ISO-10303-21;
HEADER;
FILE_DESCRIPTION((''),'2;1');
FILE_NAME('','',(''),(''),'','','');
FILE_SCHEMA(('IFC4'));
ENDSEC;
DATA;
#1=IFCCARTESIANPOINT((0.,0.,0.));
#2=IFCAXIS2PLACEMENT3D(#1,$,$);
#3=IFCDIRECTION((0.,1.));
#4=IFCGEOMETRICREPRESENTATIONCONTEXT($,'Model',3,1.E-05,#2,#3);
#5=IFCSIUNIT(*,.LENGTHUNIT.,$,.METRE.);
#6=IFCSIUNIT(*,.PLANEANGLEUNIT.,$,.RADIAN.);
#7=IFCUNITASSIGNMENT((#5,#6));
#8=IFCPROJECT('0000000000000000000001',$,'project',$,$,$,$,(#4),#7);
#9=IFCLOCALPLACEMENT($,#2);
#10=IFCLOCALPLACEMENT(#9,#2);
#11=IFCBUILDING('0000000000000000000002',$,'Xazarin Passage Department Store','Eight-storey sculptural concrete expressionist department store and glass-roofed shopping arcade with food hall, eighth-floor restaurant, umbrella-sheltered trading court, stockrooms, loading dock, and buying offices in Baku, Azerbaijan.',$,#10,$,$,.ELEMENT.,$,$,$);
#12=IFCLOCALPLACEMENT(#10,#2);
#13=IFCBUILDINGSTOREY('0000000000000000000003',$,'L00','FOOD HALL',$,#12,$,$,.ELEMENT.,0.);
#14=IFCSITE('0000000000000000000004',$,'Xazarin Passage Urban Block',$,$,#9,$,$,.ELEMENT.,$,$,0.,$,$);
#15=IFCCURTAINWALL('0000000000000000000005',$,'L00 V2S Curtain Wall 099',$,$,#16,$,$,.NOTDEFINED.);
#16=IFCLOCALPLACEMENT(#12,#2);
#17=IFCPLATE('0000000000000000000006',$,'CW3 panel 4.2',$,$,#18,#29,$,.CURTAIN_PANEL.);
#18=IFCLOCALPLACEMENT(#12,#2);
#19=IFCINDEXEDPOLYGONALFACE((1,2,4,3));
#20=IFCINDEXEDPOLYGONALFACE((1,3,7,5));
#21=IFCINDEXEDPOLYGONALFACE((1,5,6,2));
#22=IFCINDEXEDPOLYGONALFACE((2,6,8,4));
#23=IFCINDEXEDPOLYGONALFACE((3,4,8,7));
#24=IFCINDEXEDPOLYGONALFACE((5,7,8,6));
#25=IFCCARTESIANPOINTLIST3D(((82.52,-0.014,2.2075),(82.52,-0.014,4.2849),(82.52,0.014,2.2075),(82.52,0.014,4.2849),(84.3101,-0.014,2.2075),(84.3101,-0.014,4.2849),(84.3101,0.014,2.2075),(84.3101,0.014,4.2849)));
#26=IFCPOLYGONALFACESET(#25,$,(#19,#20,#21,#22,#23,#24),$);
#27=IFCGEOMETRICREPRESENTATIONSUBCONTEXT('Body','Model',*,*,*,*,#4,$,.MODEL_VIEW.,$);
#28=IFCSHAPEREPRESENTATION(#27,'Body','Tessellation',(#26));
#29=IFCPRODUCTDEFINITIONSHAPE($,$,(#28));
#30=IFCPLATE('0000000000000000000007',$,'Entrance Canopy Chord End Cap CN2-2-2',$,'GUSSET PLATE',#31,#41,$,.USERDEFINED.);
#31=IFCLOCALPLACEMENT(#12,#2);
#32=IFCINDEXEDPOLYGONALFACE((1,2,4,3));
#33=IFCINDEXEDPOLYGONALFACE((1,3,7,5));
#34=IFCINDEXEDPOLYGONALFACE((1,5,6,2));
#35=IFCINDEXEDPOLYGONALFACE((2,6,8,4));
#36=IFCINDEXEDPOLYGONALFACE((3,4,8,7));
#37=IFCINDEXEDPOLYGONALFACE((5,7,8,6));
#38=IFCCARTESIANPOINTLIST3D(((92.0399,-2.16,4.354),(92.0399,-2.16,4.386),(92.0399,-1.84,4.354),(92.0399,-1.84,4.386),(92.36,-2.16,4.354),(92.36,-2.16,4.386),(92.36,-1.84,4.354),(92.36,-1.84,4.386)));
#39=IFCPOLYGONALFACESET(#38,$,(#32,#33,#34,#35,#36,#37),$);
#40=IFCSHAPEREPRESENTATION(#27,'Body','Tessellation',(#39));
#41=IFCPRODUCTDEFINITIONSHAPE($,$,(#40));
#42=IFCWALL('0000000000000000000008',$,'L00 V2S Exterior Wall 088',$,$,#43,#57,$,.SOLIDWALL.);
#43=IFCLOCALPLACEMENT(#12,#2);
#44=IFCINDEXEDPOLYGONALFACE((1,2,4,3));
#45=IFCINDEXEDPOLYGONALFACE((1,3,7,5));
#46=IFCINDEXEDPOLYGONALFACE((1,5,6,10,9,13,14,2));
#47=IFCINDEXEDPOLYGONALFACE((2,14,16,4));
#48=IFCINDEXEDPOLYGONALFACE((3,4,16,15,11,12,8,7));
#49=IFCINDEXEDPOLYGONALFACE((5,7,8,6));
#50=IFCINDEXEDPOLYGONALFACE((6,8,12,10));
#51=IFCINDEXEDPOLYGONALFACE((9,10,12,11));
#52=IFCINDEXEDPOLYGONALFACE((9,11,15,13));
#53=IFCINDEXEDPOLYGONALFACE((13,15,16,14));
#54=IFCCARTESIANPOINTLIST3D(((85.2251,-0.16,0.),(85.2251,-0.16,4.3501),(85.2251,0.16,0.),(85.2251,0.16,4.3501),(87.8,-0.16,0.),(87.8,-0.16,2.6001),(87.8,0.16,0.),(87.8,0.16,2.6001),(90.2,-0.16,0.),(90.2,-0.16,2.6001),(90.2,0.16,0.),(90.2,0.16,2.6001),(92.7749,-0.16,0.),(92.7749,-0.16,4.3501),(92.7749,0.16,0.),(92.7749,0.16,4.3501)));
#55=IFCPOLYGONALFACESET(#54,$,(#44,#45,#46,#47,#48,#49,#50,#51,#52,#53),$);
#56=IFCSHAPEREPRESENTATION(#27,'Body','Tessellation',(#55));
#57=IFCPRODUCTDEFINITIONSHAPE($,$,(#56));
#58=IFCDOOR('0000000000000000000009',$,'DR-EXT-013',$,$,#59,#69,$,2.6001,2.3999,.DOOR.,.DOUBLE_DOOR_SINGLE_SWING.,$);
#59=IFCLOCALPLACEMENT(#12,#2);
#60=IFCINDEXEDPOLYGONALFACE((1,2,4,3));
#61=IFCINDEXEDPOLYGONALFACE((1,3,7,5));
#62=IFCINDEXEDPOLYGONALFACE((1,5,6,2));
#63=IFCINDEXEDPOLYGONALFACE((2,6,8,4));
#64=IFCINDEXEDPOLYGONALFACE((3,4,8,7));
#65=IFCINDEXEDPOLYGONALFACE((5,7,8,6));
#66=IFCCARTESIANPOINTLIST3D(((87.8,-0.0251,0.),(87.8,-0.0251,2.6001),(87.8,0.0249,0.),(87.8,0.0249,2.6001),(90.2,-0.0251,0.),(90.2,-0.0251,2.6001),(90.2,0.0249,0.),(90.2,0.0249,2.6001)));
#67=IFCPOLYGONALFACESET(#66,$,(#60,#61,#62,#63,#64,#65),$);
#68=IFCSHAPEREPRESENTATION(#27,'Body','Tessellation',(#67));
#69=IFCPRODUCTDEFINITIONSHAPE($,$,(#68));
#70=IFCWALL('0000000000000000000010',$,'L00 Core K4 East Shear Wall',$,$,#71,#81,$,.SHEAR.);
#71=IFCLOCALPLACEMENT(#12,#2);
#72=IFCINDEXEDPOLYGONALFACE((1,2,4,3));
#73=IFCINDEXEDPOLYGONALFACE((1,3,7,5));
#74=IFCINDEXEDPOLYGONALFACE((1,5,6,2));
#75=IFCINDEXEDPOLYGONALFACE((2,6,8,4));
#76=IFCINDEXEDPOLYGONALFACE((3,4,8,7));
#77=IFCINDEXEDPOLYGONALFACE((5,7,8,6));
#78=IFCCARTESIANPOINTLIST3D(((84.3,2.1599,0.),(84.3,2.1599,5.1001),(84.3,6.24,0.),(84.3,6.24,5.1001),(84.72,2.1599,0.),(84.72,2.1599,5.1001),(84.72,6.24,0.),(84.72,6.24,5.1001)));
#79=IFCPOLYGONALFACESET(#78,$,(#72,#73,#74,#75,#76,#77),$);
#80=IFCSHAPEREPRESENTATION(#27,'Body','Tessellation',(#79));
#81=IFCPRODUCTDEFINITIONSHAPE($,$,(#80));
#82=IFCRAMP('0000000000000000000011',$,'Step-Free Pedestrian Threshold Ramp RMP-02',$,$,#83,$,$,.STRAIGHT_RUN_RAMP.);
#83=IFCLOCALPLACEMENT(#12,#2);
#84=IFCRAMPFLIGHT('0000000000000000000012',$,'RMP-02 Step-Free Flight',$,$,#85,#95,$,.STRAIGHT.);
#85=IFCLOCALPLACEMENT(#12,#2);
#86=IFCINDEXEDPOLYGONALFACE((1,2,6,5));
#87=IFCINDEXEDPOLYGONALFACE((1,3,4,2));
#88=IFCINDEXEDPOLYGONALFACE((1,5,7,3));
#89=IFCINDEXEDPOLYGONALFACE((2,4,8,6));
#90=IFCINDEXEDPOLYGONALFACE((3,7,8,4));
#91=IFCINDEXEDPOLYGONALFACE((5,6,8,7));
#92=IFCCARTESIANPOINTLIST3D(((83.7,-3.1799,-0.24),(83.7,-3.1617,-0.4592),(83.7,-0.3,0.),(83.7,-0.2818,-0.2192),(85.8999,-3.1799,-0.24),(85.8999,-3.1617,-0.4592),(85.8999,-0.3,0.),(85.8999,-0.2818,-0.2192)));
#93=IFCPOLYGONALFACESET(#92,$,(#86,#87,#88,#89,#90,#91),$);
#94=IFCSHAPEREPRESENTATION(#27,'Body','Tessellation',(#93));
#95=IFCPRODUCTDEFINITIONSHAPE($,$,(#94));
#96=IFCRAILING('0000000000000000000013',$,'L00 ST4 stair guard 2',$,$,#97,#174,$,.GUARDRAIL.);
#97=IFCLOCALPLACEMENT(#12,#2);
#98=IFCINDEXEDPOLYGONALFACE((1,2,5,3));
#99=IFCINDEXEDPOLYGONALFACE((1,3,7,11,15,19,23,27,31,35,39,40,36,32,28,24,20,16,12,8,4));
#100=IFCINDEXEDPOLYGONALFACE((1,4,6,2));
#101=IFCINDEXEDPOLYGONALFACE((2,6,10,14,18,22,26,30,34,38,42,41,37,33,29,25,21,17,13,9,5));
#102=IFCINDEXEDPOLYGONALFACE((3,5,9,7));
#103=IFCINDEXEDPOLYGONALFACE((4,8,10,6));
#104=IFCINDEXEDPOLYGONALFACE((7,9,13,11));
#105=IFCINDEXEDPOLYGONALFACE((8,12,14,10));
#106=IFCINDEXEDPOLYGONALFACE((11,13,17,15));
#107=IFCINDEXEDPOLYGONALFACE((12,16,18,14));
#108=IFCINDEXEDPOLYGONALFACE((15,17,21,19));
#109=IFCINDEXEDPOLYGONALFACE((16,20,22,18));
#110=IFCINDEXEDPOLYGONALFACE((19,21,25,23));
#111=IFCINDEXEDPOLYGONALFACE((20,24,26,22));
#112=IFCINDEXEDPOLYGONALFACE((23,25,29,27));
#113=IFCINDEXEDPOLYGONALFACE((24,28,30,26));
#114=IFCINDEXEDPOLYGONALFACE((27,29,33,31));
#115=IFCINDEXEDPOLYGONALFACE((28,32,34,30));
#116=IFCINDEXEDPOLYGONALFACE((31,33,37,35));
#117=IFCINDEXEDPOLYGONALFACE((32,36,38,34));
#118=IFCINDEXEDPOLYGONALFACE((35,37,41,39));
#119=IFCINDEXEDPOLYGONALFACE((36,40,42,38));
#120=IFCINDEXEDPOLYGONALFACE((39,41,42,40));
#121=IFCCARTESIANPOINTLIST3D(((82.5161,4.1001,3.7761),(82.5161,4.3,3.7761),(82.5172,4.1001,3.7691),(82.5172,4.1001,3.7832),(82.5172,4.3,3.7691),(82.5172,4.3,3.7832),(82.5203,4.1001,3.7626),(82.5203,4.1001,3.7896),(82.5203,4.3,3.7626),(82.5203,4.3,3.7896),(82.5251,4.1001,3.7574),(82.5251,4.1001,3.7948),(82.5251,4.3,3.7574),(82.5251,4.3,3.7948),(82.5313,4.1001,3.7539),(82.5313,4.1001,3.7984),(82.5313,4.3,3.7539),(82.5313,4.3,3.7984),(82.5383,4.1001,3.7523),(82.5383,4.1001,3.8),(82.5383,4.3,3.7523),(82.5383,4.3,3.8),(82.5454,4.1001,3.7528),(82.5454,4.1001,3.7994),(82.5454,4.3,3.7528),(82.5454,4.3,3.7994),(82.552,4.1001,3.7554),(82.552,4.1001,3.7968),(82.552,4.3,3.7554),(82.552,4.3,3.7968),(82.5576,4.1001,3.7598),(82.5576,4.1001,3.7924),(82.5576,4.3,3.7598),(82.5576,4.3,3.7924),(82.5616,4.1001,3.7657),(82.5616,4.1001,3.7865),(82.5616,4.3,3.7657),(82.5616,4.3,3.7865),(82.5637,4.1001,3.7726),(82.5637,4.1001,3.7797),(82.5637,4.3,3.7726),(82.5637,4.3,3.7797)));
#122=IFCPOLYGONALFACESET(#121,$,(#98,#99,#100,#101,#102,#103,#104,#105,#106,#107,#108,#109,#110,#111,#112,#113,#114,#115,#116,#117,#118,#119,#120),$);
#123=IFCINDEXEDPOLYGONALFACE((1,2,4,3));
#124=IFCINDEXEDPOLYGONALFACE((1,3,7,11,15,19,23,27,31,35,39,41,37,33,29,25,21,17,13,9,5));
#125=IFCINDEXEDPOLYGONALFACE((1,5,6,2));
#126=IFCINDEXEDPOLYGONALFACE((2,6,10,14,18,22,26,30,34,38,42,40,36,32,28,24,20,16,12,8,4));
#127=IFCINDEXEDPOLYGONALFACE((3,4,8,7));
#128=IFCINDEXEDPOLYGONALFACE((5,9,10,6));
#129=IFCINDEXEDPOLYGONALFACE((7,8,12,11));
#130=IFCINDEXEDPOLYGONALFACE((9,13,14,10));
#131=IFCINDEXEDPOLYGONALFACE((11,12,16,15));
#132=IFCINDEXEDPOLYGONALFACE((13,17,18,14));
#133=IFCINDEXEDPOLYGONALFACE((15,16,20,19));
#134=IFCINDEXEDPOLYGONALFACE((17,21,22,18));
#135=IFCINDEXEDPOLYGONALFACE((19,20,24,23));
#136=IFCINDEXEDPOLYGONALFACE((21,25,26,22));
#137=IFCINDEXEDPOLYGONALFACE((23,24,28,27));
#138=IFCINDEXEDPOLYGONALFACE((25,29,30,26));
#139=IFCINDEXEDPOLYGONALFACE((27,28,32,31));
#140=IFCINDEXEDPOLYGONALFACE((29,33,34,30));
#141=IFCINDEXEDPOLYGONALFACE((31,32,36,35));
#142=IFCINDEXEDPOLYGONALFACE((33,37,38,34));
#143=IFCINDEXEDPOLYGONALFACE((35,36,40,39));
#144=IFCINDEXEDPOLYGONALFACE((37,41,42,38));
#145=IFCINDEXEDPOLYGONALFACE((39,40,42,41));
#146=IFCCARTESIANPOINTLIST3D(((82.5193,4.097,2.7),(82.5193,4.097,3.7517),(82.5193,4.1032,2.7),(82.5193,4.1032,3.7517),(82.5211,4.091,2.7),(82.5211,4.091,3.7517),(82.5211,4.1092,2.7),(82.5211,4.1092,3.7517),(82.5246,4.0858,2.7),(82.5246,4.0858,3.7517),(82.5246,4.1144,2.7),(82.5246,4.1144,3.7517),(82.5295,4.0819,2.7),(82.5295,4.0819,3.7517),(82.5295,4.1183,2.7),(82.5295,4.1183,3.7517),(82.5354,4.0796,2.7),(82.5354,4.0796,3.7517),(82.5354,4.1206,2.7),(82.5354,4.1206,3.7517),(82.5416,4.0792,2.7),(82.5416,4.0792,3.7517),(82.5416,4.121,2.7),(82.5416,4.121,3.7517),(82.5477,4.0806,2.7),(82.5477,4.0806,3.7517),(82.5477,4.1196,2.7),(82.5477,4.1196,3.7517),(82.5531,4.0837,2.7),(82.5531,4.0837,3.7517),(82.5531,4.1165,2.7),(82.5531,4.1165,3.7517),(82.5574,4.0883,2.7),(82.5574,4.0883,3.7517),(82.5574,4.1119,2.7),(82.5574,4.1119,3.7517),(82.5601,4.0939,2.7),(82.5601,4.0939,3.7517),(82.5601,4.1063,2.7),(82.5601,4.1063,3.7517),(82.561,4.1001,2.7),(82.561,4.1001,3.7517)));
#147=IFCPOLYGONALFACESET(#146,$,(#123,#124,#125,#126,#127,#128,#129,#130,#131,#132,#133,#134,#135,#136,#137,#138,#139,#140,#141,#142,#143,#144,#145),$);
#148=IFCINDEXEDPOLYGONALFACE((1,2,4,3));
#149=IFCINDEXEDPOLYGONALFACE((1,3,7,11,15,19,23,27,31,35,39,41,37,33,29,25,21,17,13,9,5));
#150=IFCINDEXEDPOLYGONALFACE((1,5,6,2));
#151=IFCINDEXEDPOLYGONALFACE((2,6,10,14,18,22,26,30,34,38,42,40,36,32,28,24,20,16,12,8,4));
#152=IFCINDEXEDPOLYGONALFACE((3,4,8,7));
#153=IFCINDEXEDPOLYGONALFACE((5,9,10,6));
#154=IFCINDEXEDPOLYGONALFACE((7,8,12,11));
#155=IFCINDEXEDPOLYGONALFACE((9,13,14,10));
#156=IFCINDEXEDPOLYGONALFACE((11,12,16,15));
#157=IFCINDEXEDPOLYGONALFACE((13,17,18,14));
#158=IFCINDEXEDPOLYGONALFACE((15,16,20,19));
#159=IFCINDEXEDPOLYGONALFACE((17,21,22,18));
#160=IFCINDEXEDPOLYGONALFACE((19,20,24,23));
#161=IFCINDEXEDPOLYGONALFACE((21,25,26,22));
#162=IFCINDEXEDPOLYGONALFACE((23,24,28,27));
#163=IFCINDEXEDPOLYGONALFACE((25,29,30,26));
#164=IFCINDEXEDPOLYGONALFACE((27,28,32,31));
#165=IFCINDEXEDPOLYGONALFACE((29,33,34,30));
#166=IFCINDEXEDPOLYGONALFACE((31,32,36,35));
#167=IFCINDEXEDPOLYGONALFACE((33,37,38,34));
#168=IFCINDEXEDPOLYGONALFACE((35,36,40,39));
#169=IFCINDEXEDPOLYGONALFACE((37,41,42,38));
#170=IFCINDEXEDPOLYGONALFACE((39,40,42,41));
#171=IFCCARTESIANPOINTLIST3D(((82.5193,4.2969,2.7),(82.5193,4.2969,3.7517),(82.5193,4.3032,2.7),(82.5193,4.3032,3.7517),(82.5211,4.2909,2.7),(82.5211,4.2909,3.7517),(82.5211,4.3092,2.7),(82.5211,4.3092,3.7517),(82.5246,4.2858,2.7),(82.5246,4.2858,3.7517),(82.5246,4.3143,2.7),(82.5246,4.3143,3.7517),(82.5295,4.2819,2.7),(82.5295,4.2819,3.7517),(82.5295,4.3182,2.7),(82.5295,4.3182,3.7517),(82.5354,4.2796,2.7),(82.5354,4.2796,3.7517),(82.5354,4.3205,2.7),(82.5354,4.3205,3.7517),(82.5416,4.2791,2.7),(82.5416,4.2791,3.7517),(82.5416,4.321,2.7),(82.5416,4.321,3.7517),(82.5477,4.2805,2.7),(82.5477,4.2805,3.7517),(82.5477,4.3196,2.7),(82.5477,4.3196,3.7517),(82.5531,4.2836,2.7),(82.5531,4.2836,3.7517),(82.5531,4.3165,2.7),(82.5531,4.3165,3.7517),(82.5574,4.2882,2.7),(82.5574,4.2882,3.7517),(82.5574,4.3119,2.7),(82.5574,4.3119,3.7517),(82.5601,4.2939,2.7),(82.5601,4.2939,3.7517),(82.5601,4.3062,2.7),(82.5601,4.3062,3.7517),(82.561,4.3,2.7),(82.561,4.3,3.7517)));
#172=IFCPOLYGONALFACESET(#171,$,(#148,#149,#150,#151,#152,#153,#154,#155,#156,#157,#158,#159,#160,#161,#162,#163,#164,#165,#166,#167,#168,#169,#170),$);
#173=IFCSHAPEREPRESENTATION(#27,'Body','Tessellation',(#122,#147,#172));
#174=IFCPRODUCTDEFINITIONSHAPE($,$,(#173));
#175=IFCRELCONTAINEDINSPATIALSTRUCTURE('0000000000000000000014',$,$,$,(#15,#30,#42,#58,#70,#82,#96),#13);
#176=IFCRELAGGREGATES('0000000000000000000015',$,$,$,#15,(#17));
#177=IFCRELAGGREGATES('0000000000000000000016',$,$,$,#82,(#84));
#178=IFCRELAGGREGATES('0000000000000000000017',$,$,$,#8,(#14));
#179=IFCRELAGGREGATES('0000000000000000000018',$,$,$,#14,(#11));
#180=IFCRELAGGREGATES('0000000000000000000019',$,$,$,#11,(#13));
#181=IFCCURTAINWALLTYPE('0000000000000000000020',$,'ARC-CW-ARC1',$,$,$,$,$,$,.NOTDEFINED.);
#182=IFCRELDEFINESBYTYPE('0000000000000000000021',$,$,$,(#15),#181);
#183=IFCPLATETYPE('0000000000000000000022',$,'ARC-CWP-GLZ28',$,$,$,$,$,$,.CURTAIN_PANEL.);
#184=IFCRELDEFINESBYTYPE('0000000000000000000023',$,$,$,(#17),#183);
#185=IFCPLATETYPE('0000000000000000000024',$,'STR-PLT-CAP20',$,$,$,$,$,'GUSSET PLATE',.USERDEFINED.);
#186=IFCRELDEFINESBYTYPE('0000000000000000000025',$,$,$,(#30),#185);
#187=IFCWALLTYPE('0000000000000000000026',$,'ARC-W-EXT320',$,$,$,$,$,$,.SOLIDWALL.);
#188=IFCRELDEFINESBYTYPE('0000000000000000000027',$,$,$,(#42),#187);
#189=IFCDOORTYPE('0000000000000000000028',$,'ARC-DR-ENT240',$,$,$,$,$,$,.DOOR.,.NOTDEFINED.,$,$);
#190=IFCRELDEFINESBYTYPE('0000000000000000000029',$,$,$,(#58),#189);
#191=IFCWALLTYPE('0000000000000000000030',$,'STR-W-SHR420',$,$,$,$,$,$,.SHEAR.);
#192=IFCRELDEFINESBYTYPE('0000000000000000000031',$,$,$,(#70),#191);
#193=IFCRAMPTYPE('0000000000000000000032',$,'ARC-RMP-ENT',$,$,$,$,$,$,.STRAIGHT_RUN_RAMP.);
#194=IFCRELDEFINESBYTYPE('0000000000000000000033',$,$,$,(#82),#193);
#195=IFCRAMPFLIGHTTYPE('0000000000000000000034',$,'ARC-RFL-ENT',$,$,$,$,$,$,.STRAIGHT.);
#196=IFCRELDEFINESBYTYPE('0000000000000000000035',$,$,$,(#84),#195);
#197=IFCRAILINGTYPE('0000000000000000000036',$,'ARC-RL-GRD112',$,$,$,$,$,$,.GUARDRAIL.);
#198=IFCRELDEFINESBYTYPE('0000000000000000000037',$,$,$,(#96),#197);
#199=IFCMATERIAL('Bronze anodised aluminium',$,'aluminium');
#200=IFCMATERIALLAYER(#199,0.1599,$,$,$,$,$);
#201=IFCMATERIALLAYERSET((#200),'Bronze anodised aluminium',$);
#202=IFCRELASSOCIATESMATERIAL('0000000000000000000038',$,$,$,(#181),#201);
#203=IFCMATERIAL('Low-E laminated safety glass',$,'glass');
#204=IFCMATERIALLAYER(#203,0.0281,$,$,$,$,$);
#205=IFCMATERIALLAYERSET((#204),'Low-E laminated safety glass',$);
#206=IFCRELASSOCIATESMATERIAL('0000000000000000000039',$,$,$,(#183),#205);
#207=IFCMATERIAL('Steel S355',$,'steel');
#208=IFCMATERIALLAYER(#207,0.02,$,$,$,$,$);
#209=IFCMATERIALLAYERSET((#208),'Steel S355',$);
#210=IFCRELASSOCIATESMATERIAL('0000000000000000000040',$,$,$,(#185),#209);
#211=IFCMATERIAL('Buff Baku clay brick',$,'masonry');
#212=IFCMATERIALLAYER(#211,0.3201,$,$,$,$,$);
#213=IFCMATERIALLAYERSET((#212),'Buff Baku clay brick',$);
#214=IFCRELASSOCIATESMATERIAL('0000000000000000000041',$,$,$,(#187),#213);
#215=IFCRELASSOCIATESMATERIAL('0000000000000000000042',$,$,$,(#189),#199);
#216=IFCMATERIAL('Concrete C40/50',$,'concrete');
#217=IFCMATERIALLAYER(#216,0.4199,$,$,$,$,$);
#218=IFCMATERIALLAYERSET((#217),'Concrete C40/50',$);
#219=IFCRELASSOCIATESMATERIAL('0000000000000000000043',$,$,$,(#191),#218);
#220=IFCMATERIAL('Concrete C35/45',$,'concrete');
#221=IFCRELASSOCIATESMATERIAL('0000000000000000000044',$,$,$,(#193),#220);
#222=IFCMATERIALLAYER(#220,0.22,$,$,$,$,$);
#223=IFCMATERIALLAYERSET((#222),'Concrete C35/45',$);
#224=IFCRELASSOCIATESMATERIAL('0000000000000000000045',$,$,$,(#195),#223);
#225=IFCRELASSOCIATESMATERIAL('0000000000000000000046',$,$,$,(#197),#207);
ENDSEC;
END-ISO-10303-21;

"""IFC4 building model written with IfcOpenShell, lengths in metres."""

from ifc_helpers import new_model, si_unit, direction, frame, frame_2d, origin, origin_2d, place, context, subcontext, project, spatial, polyline, rectangle, circle, outline, extrude, material, layer, layer_set, type_object, element, fill, aggregate, save


model = new_model("IFC4")

# Units and contexts
model_context = context("Model", 3, precision=1e-05, world=origin(), true_north=direction((0.0, 1.0)))
body_context = subcontext(model_context, "Body", "Model", "MODEL_VIEW")
ifc_project = project(units=[si_unit("LENGTHUNIT", "METRE"), si_unit("PLANEANGLEUNIT", "RADIAN")], contexts=[model_context])

# Site, building, storey
site_placement = place(None, origin())
site = spatial("IfcSite", under=ifc_project, at=site_placement, Name="Xazarin Passage Urban Block", CompositionType="ELEMENT", RefElevation=0.0)
building_placement = place(site_placement, origin())
building = spatial("IfcBuilding", under=site, at=building_placement, Name="Xazarin Passage Department Store", Description="Eight-storey sculptural concrete expressionist department store and glass-roofed shopping arcade with food hall, eighth-floor restaurant, umbrella-sheltered trading court, stockrooms, loading dock, and buying offices in Baku, Azerbaijan.", CompositionType="ELEMENT")
storey_placement = place(building_placement, origin())
storey = spatial("IfcBuildingStorey", under=building, at=storey_placement, Name="L00", Description="FOOD HALL", CompositionType="ELEMENT", Elevation=0.0)

# Shared definitions
ifc_material_1 = material(Name="Concrete C35/45", Category="concrete")

# Shared definitions
ifc_material_2 = material(Name="Concrete C40/50", Category="concrete")

# Curtain wall, plate
ifc_material_3 = material(Name="Bronze anodised aluminium", Category="aluminium")
ifc_layer_1 = layer(ifc_material_3, 0.1599)
ifc_layer_set_1 = layer_set([ifc_layer_1], Name="Bronze anodised aluminium")
curtain_wall_type = type_object("IfcCurtainWallType", Name="ARC-CW-ARC1", PredefinedType="NOTDEFINED", material=ifc_layer_set_1)
curtain_wall_placement = place(storey_placement, origin())
curtain_wall = element("IfcCurtainWall", 1, at=curtain_wall_placement, inside=storey, type_object=curtain_wall_type, Name="L00 V2S Curtain Wall 099", PredefinedType="NOTDEFINED")
ifc_material_4 = material(Name="Low-E laminated safety glass", Category="glass")
ifc_layer_2 = layer(ifc_material_4, 0.0281)
ifc_layer_set_2 = layer_set([ifc_layer_2], Name="Low-E laminated safety glass")
plate_type_1 = type_object("IfcPlateType", Name="ARC-CWP-GLZ28", PredefinedType="CURTAIN_PANEL", material=ifc_layer_set_2)
plate_1_placement = place(storey_placement, frame((83.415, 0.0, 2.2075), z_axis=(0.0, 0.0, 1.0), x_axis=(1.0, 0.0, 0.0)))
plate_1 = element("IfcPlate", 2, at=plate_1_placement, type_object=plate_type_1, Name="CW3 panel 4.2", PredefinedType="CURTAIN_PANEL", context=body_context, shape_type="SweptSolid", body=[
    extrude(rectangle(XDim=1.79, YDim=0.0281, at=origin_2d()), origin(), (0.0, 0.0, 1.0), 2.0774),
])
aggregate(curtain_wall, [plate_1])

# Plate
ifc_material_5 = material(Name="Steel S355", Category="steel")
ifc_layer_3 = layer(ifc_material_5, 0.02)
ifc_layer_set_3 = layer_set([ifc_layer_3], Name="Steel S355")
plate_type_2 = type_object("IfcPlateType", Name="STR-PLT-CAP20", ElementType="GUSSET PLATE", PredefinedType="USERDEFINED", material=ifc_layer_set_3)
plate_2_placement = place(storey_placement, frame((92.2, -2.0, 4.354), z_axis=(0.0, 0.0, 1.0), x_axis=(1.0, 0.0, 0.0)))
element("IfcPlate", 3, at=plate_2_placement, inside=storey, type_object=plate_type_2, Name="Entrance Canopy Chord End Cap CN2-2-2", ObjectType="GUSSET PLATE", PredefinedType="USERDEFINED", context=body_context, shape_type="SweptSolid", body=[
    extrude(rectangle(XDim=0.3201, YDim=0.3201, at=origin_2d()), origin(), (0.0, 0.0, 1.0), 0.032),
])

# Wall, opening, door
ifc_material_6 = material(Name="Buff Baku clay brick", Category="masonry")
ifc_layer_4 = layer(ifc_material_6, 0.3201)
ifc_layer_set_4 = layer_set([ifc_layer_4], Name="Buff Baku clay brick")
wall_type_1 = type_object("IfcWallType", Name="ARC-W-EXT320", PredefinedType="SOLIDWALL", material=ifc_layer_set_4)
wall_1_placement = place(storey_placement, frame((85.2251, 0.0, 0.0), z_axis=(0.0, 0.0, 1.0), x_axis=(1.0, 0.0, 0.0)))
wall_1 = element("IfcWall", 4, at=wall_1_placement, inside=storey, type_object=wall_type_1, Name="L00 V2S Exterior Wall 088", PredefinedType="SOLIDWALL", context=body_context, shape_type="SweptSolid", body=[
    extrude(rectangle(XDim=7.5498, YDim=0.3201, at=frame_2d((3.7749, 0.0))), origin(), (0.0, 0.0, 1.0), 4.3501),
])
opening_placement = place(wall_1_placement, frame((2.575, 0.0, 0.0)))
opening = element("IfcOpeningElement", 5, at=opening_placement, cuts=wall_1, PredefinedType="OPENING", context=body_context, shape_type="SweptSolid", body=[
    extrude(rectangle(XDim=2.3999, YDim=2.6001, at=frame_2d((1.2, 1.3))), frame((0.0, 0.1699, 0.0), z_axis=(0.0, -1.0, 0.0), x_axis=(1.0, 0.0, 0.0)), (0.0, 0.0, 1.0), 0.3401),
])
door_type = type_object("IfcDoorType", Name="ARC-DR-ENT240", OperationType="NOTDEFINED", PredefinedType="DOOR", material=ifc_material_3)
door_placement = place(opening_placement, origin())
door = element("IfcDoor", 6, at=door_placement, inside=storey, type_object=door_type, Name="DR-EXT-013", OperationType="DOUBLE_DOOR_SINGLE_SWING", OverallHeight=2.6001, OverallWidth=2.3999, PredefinedType="DOOR", context=body_context, shape_type="SweptSolid", body=[
    extrude(rectangle(XDim=2.3999, YDim=2.6001, at=frame_2d((1.2, 1.3))), frame((0.0, 0.0249, 0.0), z_axis=(0.0, -1.0, 0.0), x_axis=(1.0, 0.0, 0.0)), (0.0, 0.0, 1.0), 0.05),
])
fill(opening, door)

# Wall
ifc_layer_5 = layer(ifc_material_2, 0.4199)
ifc_layer_set_5 = layer_set([ifc_layer_5], Name="Concrete C40/50")
wall_type_2 = type_object("IfcWallType", Name="STR-W-SHR420", PredefinedType="SHEAR", material=ifc_layer_set_5)
wall_2_placement = place(storey_placement, frame((84.51, 2.1599, 0.0), z_axis=(0.0, 0.0, 1.0), x_axis=(0.0, 1.0, 0.0)))
element("IfcWall", 7, at=wall_2_placement, inside=storey, type_object=wall_type_2, Name="L00 Core K4 East Shear Wall", PredefinedType="SHEAR", context=body_context, shape_type="SweptSolid", body=[
    extrude(rectangle(XDim=4.0801, YDim=0.4199, at=frame_2d((2.04, 0.0))), origin(), (0.0, 0.0, 1.0), 5.1001),
])

# Ramp, ramp flight
ramp_type = type_object("IfcRampType", Name="ARC-RMP-ENT", PredefinedType="STRAIGHT_RUN_RAMP", material=ifc_material_1)
ramp_placement = place(storey_placement, origin())
ramp = element("IfcRamp", 8, at=ramp_placement, inside=storey, type_object=ramp_type, Name="Step-Free Pedestrian Threshold Ramp RMP-02", PredefinedType="STRAIGHT_RUN_RAMP")
ifc_layer_6 = layer(ifc_material_1, 0.22)
ifc_layer_set_6 = layer_set([ifc_layer_6], Name="Concrete C35/45")
ramp_flight_type = type_object("IfcRampFlightType", Name="ARC-RFL-ENT", PredefinedType="STRAIGHT", material=ifc_layer_set_6)
ramp_flight_placement = place(storey_placement, frame((83.7, -3.1799, -0.24), z_axis=(0.0, -0.083045, 0.996546), x_axis=(1.0, 0.0, 0.0)))
ramp_flight = element("IfcRampFlight", 9, at=ramp_flight_placement, type_object=ramp_flight_type, Name="RMP-02 Step-Free Flight", PredefinedType="STRAIGHT", context=body_context, shape_type="SweptSolid", body=[
    extrude(outline(polyline([(0.0, 0.0), (2.2, 0.0), (2.2, 2.8899), (0.0, 2.8899), (0.0, 0.0)])), origin(), (0.0, 0.0, -1.0), 0.22),
])
aggregate(ramp, [ramp_flight])

# Railing
railing_type_1 = type_object("IfcRailingType", Name="ARC-RL-GRD112", PredefinedType="GUARDRAIL", material=ifc_material_5)
railing_placement = place(storey_placement, frame((82.54, 4.1001, 2.7)))
element("IfcRailing", 10, at=railing_placement, inside=storey, type_object=railing_type_1, Name="L00 ST4 stair guard 2", PredefinedType="GUARDRAIL", context=body_context, shape_type="SweptSolid", body=[
    extrude(circle(Radius=0.0239, at=origin_2d()), frame((0.0, 0.0, 1.0762), z_axis=(0.0, 1.0, 0.0), x_axis=(-1.0, 0.0, 0.0)), (0.0, 0.0, 1.0), 0.2),
    extrude(circle(Radius=0.021, at=origin_2d()), origin(), (0.0, 0.0, 1.0), 1.0518),
    extrude(circle(Radius=0.021, at=origin_2d()), frame((0.0, 0.2, 0.0)), (0.0, 0.0, 1.0), 1.0518),
])

save(model, "model.ifc")
